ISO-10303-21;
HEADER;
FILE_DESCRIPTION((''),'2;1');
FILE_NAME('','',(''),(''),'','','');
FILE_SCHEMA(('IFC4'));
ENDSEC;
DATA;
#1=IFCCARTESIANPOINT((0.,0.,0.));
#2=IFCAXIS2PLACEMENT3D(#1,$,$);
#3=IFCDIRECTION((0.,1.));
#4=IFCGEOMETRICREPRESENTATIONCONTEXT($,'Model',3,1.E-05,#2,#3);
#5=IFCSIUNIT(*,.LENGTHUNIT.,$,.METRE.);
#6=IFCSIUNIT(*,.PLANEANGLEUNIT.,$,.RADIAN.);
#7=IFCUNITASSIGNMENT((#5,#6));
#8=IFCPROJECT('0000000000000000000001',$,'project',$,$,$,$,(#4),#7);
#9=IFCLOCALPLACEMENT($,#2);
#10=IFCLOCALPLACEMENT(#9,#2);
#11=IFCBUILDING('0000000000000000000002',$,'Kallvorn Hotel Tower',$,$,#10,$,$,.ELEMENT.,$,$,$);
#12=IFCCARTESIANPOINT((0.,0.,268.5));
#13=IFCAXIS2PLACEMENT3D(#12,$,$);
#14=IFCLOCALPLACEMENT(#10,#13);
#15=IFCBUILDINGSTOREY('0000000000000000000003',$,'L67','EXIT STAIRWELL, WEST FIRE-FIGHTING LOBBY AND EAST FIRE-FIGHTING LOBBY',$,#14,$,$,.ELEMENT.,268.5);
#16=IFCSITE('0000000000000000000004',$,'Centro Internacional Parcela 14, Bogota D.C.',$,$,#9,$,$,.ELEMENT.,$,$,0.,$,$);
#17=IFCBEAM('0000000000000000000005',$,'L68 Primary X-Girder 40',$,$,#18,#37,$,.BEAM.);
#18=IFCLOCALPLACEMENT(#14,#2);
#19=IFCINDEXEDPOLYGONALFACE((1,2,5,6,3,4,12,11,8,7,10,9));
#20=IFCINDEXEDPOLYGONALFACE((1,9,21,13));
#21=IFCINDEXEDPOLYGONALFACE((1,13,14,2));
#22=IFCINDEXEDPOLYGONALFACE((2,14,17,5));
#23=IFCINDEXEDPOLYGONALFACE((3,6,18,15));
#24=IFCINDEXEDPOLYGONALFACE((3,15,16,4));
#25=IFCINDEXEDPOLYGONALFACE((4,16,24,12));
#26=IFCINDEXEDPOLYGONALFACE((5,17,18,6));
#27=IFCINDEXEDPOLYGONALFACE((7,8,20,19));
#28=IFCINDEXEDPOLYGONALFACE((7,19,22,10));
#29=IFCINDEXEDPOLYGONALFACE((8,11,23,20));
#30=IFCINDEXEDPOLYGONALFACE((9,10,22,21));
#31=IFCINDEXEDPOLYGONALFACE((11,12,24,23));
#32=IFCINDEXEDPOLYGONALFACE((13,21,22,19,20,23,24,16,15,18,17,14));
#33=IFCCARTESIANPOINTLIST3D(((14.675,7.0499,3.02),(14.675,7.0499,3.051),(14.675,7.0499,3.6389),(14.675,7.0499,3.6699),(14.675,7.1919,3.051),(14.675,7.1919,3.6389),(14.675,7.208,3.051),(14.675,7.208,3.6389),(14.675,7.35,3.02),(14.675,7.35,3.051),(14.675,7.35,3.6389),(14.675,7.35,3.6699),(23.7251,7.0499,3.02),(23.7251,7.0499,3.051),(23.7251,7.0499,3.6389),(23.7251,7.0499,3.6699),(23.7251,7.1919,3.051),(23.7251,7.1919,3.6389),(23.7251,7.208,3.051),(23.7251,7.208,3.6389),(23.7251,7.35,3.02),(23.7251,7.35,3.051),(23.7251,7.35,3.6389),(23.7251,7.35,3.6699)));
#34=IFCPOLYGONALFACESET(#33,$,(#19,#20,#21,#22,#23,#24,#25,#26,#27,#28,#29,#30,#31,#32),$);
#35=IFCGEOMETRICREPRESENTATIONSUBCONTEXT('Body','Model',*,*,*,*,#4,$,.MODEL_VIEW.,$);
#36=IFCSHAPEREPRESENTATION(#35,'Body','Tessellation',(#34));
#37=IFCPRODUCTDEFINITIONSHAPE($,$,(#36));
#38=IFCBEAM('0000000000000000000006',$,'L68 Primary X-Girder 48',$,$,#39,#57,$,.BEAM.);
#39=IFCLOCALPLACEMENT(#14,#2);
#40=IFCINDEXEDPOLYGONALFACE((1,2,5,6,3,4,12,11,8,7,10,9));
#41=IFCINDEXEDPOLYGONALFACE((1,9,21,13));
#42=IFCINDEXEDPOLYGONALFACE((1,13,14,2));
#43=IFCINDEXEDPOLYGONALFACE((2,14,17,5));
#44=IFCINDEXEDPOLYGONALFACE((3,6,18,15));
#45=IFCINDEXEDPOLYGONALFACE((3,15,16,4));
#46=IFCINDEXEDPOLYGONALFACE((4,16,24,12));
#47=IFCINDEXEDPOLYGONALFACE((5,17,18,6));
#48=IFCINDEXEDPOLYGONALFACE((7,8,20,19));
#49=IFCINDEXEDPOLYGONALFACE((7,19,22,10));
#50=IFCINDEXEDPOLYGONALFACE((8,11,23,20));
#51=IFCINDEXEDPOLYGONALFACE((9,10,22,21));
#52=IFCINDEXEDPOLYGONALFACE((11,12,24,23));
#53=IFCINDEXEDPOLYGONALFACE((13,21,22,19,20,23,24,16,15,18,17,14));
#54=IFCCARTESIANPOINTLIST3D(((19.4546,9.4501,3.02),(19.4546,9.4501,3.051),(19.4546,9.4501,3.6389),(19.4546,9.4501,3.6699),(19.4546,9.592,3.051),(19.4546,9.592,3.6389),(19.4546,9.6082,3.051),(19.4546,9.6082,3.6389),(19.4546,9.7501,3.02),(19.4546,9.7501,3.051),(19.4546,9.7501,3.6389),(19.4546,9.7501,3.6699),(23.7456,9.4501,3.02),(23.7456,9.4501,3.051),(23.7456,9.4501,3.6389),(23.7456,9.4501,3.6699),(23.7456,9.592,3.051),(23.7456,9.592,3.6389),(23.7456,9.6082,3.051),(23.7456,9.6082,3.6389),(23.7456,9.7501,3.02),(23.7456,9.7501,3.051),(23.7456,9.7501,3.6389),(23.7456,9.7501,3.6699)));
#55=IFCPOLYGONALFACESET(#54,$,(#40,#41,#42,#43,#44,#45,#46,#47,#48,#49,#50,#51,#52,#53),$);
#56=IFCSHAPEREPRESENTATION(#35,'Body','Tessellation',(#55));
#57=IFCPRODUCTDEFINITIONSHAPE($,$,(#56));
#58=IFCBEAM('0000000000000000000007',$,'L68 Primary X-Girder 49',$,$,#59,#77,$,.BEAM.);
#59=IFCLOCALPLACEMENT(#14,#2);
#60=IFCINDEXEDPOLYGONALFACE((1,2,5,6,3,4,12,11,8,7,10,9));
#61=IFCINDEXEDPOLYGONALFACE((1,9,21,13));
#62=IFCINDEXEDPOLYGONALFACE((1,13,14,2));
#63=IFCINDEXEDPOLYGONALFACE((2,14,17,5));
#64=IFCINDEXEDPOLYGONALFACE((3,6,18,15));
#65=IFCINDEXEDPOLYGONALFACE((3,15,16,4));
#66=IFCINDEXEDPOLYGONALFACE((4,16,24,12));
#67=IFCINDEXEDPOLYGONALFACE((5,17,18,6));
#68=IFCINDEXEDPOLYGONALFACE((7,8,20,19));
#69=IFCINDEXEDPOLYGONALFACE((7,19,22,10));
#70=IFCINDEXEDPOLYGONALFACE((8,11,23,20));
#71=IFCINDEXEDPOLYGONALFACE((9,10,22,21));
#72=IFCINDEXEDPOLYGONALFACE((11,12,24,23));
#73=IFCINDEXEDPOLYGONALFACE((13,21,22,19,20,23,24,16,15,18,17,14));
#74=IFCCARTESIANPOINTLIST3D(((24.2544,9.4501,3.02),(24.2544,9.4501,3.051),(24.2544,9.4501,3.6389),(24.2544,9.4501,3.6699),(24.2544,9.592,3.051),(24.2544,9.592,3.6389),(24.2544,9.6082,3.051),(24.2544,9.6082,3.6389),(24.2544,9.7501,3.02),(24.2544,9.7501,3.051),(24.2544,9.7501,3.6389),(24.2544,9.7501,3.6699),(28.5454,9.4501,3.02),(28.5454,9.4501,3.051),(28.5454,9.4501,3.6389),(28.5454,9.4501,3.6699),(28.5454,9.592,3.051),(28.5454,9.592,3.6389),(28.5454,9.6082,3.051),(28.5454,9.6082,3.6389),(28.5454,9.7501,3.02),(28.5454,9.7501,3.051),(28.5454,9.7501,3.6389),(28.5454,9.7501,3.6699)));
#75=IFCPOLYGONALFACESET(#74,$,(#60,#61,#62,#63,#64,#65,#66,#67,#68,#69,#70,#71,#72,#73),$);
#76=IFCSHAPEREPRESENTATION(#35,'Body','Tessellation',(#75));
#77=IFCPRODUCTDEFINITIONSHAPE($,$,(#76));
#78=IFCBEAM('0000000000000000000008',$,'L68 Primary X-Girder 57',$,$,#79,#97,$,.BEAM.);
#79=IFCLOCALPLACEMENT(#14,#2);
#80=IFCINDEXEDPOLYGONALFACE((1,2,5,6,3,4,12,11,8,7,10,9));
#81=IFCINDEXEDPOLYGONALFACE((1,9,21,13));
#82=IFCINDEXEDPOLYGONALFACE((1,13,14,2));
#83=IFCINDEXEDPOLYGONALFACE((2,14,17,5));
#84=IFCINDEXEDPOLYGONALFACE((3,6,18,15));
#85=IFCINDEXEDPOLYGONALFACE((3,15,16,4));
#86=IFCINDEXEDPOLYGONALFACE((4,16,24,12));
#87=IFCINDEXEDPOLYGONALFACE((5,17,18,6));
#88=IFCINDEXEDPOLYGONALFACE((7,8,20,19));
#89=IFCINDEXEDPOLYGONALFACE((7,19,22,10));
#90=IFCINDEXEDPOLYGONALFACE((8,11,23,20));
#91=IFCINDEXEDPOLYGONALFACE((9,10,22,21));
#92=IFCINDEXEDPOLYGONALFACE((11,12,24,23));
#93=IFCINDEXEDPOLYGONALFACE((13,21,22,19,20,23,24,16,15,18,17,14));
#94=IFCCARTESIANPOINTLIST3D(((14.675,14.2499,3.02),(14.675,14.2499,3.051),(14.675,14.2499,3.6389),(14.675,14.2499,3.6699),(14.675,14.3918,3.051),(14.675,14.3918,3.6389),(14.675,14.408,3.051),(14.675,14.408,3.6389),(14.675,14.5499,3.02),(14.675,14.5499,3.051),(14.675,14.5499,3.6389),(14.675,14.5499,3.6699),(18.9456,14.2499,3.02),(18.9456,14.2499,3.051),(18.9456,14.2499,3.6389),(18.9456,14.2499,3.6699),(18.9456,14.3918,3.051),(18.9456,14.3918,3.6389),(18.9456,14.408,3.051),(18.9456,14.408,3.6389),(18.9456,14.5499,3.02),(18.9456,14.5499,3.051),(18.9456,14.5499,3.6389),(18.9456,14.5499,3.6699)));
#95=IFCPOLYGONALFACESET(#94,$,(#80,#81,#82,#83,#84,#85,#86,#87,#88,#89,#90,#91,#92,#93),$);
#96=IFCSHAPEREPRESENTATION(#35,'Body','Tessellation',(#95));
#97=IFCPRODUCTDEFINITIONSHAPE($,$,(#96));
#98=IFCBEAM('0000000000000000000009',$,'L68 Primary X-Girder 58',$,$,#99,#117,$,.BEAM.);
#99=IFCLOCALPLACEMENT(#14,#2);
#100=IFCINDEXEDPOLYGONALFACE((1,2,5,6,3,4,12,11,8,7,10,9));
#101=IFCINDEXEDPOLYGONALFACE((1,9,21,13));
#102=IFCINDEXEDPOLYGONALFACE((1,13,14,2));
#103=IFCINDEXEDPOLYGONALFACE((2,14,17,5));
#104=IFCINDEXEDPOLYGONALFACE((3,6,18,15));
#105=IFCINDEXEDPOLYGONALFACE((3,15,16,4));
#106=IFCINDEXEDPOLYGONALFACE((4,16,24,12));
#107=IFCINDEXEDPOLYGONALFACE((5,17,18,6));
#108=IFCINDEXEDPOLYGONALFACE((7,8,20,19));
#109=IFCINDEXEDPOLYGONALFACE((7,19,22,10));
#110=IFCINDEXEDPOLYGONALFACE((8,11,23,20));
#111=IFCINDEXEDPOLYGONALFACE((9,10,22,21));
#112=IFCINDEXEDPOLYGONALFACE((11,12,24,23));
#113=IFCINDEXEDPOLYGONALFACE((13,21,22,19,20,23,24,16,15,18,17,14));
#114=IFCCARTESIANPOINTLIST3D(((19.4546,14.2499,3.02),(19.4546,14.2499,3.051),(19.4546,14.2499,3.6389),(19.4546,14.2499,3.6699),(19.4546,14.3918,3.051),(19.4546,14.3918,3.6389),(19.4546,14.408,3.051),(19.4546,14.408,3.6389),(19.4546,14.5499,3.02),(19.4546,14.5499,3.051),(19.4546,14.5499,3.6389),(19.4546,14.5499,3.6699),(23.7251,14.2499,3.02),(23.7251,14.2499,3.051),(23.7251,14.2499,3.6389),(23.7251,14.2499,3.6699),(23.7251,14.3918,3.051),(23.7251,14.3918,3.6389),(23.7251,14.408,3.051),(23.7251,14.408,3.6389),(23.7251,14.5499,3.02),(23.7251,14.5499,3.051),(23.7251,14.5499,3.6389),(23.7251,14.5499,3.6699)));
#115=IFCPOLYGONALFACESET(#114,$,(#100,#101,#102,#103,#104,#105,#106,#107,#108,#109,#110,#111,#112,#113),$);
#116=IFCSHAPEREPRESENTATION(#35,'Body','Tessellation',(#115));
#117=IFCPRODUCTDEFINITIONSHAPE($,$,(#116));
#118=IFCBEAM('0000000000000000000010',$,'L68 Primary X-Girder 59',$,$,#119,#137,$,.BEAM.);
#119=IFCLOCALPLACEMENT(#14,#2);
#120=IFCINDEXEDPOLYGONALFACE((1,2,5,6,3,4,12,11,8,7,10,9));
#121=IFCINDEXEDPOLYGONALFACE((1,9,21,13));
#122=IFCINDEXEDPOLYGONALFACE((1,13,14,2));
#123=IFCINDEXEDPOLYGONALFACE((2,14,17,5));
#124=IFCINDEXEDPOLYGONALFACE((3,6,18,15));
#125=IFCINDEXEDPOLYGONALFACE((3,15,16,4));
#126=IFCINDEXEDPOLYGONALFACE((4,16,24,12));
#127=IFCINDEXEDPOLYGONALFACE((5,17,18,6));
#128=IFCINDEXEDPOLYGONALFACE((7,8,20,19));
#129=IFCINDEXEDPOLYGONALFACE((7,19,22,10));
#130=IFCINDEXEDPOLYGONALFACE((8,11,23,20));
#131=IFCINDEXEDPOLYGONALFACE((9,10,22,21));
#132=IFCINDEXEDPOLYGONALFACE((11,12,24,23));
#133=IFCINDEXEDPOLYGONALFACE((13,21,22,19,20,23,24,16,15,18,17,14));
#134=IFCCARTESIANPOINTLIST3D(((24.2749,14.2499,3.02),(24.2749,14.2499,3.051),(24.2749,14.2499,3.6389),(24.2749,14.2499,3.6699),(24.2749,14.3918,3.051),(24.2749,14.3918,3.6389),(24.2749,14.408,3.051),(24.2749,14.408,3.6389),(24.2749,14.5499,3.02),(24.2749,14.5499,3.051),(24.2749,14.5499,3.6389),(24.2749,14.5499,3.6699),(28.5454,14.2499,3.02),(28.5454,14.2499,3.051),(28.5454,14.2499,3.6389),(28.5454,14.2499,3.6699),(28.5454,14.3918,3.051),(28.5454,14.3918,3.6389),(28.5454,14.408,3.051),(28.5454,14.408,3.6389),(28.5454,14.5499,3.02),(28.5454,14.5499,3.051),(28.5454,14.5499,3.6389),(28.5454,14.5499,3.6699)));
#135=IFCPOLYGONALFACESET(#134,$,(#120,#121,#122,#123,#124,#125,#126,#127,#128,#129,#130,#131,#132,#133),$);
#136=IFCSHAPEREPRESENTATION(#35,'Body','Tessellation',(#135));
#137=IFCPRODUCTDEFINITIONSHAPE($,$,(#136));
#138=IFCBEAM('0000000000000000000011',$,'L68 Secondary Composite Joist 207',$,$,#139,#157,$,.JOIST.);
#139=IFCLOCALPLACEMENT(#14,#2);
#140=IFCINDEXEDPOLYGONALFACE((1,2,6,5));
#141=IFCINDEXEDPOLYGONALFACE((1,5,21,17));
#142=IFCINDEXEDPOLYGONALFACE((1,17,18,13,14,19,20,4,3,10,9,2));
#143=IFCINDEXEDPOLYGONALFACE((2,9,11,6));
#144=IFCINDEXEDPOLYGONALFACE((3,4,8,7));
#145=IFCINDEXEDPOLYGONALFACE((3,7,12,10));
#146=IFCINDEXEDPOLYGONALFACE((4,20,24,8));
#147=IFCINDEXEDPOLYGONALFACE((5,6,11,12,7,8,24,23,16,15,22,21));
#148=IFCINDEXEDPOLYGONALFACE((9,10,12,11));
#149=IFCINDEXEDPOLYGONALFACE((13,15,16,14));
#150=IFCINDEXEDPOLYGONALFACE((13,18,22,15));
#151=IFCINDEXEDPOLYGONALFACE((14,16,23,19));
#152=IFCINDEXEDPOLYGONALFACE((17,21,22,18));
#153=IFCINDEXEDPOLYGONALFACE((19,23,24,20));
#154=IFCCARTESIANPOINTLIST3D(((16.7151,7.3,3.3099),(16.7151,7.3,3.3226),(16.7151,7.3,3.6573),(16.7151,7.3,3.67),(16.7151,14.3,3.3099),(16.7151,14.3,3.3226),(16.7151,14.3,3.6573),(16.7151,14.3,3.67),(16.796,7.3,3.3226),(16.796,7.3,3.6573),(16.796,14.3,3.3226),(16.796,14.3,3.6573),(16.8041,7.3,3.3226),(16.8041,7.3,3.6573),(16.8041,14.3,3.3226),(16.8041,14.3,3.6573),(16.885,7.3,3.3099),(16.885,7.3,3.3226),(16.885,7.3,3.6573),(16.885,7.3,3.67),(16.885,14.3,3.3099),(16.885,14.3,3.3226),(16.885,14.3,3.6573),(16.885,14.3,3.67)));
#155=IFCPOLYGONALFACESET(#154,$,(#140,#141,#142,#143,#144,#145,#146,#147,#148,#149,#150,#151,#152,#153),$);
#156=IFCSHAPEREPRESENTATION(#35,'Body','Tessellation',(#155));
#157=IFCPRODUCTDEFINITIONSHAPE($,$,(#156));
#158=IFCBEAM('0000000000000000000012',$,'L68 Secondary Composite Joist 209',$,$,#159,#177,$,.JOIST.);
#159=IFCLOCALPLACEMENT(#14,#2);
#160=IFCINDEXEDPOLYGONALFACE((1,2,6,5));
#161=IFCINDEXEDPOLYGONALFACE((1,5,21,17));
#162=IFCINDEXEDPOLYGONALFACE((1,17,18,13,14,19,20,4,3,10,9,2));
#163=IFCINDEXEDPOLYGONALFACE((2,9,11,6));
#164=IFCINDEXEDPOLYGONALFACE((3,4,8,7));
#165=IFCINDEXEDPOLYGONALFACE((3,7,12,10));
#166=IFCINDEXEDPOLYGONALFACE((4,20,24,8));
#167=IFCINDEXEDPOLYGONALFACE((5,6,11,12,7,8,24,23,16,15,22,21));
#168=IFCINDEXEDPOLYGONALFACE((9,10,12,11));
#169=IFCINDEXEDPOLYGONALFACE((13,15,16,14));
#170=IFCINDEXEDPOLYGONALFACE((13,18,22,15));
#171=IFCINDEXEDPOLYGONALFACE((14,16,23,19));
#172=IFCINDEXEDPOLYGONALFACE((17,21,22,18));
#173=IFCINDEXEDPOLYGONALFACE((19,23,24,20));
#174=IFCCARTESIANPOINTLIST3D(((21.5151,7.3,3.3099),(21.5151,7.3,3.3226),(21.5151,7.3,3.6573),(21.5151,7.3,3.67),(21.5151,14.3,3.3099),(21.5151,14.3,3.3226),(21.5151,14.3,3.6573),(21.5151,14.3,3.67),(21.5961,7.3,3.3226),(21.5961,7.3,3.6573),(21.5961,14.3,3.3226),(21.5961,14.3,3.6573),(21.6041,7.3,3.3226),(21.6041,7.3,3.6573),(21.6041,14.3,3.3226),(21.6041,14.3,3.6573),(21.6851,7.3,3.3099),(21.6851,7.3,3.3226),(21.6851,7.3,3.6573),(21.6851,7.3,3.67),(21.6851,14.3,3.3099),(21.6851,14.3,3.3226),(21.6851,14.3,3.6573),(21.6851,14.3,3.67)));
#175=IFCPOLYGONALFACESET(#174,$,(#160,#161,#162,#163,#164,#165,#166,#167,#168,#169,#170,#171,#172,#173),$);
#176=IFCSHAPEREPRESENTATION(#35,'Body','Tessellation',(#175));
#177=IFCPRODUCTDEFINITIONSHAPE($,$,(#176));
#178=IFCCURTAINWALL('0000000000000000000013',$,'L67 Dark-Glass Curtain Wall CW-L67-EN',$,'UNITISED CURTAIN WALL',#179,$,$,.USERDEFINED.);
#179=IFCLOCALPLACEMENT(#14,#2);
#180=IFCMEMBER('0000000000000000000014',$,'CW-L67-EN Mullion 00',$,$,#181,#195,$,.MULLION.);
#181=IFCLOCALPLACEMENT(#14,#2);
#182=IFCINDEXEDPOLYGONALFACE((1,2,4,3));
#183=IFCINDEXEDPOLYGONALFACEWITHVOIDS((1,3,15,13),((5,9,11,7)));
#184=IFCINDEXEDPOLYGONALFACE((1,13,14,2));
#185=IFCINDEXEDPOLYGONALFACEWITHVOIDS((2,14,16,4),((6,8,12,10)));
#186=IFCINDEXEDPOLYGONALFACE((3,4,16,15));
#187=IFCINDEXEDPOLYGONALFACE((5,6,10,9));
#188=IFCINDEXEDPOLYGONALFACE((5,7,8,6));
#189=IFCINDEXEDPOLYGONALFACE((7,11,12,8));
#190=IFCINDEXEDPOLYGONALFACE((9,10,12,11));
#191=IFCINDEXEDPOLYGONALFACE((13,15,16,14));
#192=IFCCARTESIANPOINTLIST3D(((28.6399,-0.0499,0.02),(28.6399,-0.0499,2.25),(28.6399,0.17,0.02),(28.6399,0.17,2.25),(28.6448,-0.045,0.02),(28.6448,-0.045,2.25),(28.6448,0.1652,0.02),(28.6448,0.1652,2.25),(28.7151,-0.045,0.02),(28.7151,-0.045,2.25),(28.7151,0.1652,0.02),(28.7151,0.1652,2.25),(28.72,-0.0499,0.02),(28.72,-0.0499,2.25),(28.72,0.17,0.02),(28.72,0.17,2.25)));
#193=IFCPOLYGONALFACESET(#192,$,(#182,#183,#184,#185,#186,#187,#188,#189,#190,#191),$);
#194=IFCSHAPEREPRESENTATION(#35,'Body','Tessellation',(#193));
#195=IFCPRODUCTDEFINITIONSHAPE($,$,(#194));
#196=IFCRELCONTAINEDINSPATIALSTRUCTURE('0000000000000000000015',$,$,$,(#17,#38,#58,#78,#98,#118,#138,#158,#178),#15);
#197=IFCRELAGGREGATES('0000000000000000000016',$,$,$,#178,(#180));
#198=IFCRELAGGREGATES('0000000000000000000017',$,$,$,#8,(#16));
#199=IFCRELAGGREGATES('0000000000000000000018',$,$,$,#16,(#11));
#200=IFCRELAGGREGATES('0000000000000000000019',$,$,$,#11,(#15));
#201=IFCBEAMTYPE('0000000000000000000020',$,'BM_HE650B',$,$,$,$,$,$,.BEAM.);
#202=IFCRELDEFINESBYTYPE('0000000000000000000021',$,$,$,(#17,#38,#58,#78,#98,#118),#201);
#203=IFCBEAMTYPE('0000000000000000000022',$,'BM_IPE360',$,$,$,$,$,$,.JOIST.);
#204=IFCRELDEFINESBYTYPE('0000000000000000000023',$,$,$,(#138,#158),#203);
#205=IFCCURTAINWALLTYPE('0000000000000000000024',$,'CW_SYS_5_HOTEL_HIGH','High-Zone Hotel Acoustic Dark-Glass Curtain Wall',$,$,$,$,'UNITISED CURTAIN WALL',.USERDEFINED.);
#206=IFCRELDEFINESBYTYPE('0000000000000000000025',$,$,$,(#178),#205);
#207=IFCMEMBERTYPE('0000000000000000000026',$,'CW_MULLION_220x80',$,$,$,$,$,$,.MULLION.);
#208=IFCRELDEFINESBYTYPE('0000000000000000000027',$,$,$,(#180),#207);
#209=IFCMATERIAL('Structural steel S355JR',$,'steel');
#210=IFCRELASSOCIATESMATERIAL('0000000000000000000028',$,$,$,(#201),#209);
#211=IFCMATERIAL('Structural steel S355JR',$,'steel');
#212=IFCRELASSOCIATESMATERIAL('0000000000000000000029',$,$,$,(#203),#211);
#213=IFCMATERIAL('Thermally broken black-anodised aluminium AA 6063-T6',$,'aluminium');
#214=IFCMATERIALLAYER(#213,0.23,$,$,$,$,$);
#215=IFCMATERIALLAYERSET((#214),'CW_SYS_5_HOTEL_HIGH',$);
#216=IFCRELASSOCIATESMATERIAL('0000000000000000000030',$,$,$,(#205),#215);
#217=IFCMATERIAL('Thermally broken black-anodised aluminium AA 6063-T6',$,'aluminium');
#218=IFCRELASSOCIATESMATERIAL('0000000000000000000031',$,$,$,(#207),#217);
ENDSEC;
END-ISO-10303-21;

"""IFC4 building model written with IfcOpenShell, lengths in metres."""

from ifc_helpers import new_model, si_unit, direction, frame, origin, origin_2d, place, context, subcontext, project, spatial, hollow_rectangle, i_section, extrude, material, layer, layer_set, material_profile, profile_set, type_object, element, aggregate, save


model = new_model("IFC4")

# Units and contexts
model_context = context("Model", 3, precision=1e-05, world=origin(), true_north=direction((0.0, 1.0)))
body_context = subcontext(model_context, "Body", "Model", "MODEL_VIEW")
ifc_project = project(units=[si_unit("LENGTHUNIT", "METRE"), si_unit("PLANEANGLEUNIT", "RADIAN")], contexts=[model_context])

# Site, building, storey
site_placement = place(None, origin())
site = spatial("IfcSite", under=ifc_project, at=site_placement, Name="Centro Internacional Parcela 14, Bogota D.C.", CompositionType="ELEMENT", RefElevation=0.0)
building_placement = place(site_placement, origin())
building = spatial("IfcBuilding", under=site, at=building_placement, Name="Kallvorn Hotel Tower", CompositionType="ELEMENT")
storey_placement = place(building_placement, frame((0.0, 0.0, 268.5)))
storey = spatial("IfcBuildingStorey", under=building, at=storey_placement, Name="L67", Description="EXIT STAIRWELL, WEST FIRE-FIGHTING LOBBY AND EAST FIRE-FIGHTING LOBBY", CompositionType="ELEMENT", Elevation=268.5)

# Beams
ifc_material_1 = material(Name="Structural steel S355JR", Category="steel")
ifc_material_profile_1 = material_profile(ifc_material_1, i_section(OverallWidth=0.3, OverallDepth=0.6499, WebThickness=0.0161, FlangeThickness=0.031, at=origin_2d()), Name="HE 650 B")
ifc_profile_set_1 = profile_set([ifc_material_profile_1], Name="Structural steel S355JR")
beam_type_1 = type_object("IfcBeamType", Name="BM_HE650B", PredefinedType="BEAM", material=ifc_profile_set_1)
beam_1_placement = place(storey_placement, frame((14.675, 7.2, 3.345), z_axis=(1.0, 0.0, 0.0), x_axis=(0.0, 1.0, 0.0)))
element("IfcBeam", 1, at=beam_1_placement, inside=storey, type_object=beam_type_1, Name="L68 Primary X-Girder 40", PredefinedType="BEAM", context=body_context, shape_type="SweptSolid", body=[
    extrude(i_section(OverallWidth=0.3, OverallDepth=0.6499, WebThickness=0.0161, FlangeThickness=0.031, at=origin_2d()), origin(), (0.0, 0.0, 1.0), 9.05),
])
for number, where, z_axis, x_axis, name in (
    (2, (19.4546, 9.6001, 3.345), (1.0, 0.0, 0.0), (0.0, 1.0, 0.0), "L68 Primary X-Girder 48"),
    (3, (24.2544, 9.6001, 3.345), (1.0, 0.0, 0.0), (0.0, 1.0, 0.0), "L68 Primary X-Girder 49"),
):
    element("IfcBeam", number, at=place(storey_placement, frame(where, z_axis=z_axis, x_axis=x_axis)), inside=storey, type_object=beam_type_1, Name=name, PredefinedType="BEAM", context=body_context, shape_type="SweptSolid", body=[
        extrude(i_section(OverallWidth=0.3, OverallDepth=0.6499, WebThickness=0.0161, FlangeThickness=0.031, at=origin_2d()), origin(), (0.0, 0.0, 1.0), 4.291),
    ])
for number, where, z_axis, x_axis, name in (
    (4, (14.675, 14.3999, 3.345), (1.0, 0.0, 0.0), (0.0, 1.0, 0.0), "L68 Primary X-Girder 57"),
    (5, (19.4546, 14.3999, 3.345), (1.0, 0.0, 0.0), (0.0, 1.0, 0.0), "L68 Primary X-Girder 58"),
    (6, (24.2749, 14.3999, 3.345), (1.0, 0.0, 0.0), (0.0, 1.0, 0.0), "L68 Primary X-Girder 59"),
):
    element("IfcBeam", number, at=place(storey_placement, frame(where, z_axis=z_axis, x_axis=x_axis)), inside=storey, type_object=beam_type_1, Name=name, PredefinedType="BEAM", context=body_context, shape_type="SweptSolid", body=[
        extrude(i_section(OverallWidth=0.3, OverallDepth=0.6499, WebThickness=0.0161, FlangeThickness=0.031, at=origin_2d()), origin(), (0.0, 0.0, 1.0), 4.2705),
    ])
ifc_material_2 = material(Name="Structural steel S355JR", Category="steel")
ifc_material_profile_2 = material_profile(ifc_material_2, i_section(OverallWidth=0.1699, OverallDepth=0.3601, WebThickness=0.0081, FlangeThickness=0.0127, at=origin_2d()), Name="IPE 360")
ifc_profile_set_2 = profile_set([ifc_material_profile_2], Name="Structural steel S355JR")
beam_type_2 = type_object("IfcBeamType", Name="BM_IPE360", PredefinedType="JOIST", material=ifc_profile_set_2)
for number, where, z_axis, x_axis, name in (
    (7, (16.8, 7.3, 3.49), (0.0, 1.0, 0.0), (-1.0, 0.0, 0.0), "L68 Secondary Composite Joist 207"),
    (8, (21.6001, 7.3, 3.49), (0.0, 1.0, 0.0), (-1.0, 0.0, 0.0), "L68 Secondary Composite Joist 209"),
):
    element("IfcBeam", number, at=place(storey_placement, frame(where, z_axis=z_axis, x_axis=x_axis)), inside=storey, type_object=beam_type_2, Name=name, PredefinedType="JOIST", context=body_context, shape_type="SweptSolid", body=[
        extrude(i_section(OverallWidth=0.1699, OverallDepth=0.3601, WebThickness=0.0081, FlangeThickness=0.0127, at=origin_2d()), origin(), (0.0, 0.0, 1.0), 7.0),
    ])

# Curtain wall, member
ifc_material_3 = material(Name="Thermally broken black-anodised aluminium AA 6063-T6", Category="aluminium")
ifc_layer_1 = layer(ifc_material_3, 0.23)
ifc_layer_set_1 = layer_set([ifc_layer_1], Name="CW_SYS_5_HOTEL_HIGH")
curtain_wall_type = type_object("IfcCurtainWallType", Name="CW_SYS_5_HOTEL_HIGH", Description="High-Zone Hotel Acoustic Dark-Glass Curtain Wall", ElementType="UNITISED CURTAIN WALL", PredefinedType="USERDEFINED", material=ifc_layer_set_1)
curtain_wall_placement = place(storey_placement, origin())
curtain_wall = element("IfcCurtainWall", 9, at=curtain_wall_placement, inside=storey, type_object=curtain_wall_type, Name="L67 Dark-Glass Curtain Wall CW-L67-EN", ObjectType="UNITISED CURTAIN WALL", PredefinedType="USERDEFINED")
ifc_material_4 = material(Name="Thermally broken black-anodised aluminium AA 6063-T6", Category="aluminium")
ifc_material_profile_3 = material_profile(ifc_material_4, hollow_rectangle(XDim=0.0801, YDim=0.22, WallThickness=0.0049, at=origin_2d()), Name="MUL 220x80")
ifc_profile_set_3 = profile_set([ifc_material_profile_3], Name="Thermally broken black-anodised aluminium AA 6063-T6")
member_type_1 = type_object("IfcMemberType", Name="CW_MULLION_220x80", PredefinedType="MULLION", material=ifc_profile_set_3)
member_1_placement = place(storey_placement, frame((28.6799, 0.0601, 0.02), z_axis=(0.0, 0.0, 1.0), x_axis=(1.0, 0.0, 0.0)))
member_1 = element("IfcMember", 10, at=member_1_placement, type_object=member_type_1, Name="CW-L67-EN Mullion 00", PredefinedType="MULLION", context=body_context, shape_type="SweptSolid", body=[
    extrude(hollow_rectangle(XDim=0.0801, YDim=0.22, WallThickness=0.0049, at=origin_2d()), origin(), (0.0, 0.0, 1.0), 2.23),
])
aggregate(curtain_wall, [member_1])

save(model, "model.ifc")
